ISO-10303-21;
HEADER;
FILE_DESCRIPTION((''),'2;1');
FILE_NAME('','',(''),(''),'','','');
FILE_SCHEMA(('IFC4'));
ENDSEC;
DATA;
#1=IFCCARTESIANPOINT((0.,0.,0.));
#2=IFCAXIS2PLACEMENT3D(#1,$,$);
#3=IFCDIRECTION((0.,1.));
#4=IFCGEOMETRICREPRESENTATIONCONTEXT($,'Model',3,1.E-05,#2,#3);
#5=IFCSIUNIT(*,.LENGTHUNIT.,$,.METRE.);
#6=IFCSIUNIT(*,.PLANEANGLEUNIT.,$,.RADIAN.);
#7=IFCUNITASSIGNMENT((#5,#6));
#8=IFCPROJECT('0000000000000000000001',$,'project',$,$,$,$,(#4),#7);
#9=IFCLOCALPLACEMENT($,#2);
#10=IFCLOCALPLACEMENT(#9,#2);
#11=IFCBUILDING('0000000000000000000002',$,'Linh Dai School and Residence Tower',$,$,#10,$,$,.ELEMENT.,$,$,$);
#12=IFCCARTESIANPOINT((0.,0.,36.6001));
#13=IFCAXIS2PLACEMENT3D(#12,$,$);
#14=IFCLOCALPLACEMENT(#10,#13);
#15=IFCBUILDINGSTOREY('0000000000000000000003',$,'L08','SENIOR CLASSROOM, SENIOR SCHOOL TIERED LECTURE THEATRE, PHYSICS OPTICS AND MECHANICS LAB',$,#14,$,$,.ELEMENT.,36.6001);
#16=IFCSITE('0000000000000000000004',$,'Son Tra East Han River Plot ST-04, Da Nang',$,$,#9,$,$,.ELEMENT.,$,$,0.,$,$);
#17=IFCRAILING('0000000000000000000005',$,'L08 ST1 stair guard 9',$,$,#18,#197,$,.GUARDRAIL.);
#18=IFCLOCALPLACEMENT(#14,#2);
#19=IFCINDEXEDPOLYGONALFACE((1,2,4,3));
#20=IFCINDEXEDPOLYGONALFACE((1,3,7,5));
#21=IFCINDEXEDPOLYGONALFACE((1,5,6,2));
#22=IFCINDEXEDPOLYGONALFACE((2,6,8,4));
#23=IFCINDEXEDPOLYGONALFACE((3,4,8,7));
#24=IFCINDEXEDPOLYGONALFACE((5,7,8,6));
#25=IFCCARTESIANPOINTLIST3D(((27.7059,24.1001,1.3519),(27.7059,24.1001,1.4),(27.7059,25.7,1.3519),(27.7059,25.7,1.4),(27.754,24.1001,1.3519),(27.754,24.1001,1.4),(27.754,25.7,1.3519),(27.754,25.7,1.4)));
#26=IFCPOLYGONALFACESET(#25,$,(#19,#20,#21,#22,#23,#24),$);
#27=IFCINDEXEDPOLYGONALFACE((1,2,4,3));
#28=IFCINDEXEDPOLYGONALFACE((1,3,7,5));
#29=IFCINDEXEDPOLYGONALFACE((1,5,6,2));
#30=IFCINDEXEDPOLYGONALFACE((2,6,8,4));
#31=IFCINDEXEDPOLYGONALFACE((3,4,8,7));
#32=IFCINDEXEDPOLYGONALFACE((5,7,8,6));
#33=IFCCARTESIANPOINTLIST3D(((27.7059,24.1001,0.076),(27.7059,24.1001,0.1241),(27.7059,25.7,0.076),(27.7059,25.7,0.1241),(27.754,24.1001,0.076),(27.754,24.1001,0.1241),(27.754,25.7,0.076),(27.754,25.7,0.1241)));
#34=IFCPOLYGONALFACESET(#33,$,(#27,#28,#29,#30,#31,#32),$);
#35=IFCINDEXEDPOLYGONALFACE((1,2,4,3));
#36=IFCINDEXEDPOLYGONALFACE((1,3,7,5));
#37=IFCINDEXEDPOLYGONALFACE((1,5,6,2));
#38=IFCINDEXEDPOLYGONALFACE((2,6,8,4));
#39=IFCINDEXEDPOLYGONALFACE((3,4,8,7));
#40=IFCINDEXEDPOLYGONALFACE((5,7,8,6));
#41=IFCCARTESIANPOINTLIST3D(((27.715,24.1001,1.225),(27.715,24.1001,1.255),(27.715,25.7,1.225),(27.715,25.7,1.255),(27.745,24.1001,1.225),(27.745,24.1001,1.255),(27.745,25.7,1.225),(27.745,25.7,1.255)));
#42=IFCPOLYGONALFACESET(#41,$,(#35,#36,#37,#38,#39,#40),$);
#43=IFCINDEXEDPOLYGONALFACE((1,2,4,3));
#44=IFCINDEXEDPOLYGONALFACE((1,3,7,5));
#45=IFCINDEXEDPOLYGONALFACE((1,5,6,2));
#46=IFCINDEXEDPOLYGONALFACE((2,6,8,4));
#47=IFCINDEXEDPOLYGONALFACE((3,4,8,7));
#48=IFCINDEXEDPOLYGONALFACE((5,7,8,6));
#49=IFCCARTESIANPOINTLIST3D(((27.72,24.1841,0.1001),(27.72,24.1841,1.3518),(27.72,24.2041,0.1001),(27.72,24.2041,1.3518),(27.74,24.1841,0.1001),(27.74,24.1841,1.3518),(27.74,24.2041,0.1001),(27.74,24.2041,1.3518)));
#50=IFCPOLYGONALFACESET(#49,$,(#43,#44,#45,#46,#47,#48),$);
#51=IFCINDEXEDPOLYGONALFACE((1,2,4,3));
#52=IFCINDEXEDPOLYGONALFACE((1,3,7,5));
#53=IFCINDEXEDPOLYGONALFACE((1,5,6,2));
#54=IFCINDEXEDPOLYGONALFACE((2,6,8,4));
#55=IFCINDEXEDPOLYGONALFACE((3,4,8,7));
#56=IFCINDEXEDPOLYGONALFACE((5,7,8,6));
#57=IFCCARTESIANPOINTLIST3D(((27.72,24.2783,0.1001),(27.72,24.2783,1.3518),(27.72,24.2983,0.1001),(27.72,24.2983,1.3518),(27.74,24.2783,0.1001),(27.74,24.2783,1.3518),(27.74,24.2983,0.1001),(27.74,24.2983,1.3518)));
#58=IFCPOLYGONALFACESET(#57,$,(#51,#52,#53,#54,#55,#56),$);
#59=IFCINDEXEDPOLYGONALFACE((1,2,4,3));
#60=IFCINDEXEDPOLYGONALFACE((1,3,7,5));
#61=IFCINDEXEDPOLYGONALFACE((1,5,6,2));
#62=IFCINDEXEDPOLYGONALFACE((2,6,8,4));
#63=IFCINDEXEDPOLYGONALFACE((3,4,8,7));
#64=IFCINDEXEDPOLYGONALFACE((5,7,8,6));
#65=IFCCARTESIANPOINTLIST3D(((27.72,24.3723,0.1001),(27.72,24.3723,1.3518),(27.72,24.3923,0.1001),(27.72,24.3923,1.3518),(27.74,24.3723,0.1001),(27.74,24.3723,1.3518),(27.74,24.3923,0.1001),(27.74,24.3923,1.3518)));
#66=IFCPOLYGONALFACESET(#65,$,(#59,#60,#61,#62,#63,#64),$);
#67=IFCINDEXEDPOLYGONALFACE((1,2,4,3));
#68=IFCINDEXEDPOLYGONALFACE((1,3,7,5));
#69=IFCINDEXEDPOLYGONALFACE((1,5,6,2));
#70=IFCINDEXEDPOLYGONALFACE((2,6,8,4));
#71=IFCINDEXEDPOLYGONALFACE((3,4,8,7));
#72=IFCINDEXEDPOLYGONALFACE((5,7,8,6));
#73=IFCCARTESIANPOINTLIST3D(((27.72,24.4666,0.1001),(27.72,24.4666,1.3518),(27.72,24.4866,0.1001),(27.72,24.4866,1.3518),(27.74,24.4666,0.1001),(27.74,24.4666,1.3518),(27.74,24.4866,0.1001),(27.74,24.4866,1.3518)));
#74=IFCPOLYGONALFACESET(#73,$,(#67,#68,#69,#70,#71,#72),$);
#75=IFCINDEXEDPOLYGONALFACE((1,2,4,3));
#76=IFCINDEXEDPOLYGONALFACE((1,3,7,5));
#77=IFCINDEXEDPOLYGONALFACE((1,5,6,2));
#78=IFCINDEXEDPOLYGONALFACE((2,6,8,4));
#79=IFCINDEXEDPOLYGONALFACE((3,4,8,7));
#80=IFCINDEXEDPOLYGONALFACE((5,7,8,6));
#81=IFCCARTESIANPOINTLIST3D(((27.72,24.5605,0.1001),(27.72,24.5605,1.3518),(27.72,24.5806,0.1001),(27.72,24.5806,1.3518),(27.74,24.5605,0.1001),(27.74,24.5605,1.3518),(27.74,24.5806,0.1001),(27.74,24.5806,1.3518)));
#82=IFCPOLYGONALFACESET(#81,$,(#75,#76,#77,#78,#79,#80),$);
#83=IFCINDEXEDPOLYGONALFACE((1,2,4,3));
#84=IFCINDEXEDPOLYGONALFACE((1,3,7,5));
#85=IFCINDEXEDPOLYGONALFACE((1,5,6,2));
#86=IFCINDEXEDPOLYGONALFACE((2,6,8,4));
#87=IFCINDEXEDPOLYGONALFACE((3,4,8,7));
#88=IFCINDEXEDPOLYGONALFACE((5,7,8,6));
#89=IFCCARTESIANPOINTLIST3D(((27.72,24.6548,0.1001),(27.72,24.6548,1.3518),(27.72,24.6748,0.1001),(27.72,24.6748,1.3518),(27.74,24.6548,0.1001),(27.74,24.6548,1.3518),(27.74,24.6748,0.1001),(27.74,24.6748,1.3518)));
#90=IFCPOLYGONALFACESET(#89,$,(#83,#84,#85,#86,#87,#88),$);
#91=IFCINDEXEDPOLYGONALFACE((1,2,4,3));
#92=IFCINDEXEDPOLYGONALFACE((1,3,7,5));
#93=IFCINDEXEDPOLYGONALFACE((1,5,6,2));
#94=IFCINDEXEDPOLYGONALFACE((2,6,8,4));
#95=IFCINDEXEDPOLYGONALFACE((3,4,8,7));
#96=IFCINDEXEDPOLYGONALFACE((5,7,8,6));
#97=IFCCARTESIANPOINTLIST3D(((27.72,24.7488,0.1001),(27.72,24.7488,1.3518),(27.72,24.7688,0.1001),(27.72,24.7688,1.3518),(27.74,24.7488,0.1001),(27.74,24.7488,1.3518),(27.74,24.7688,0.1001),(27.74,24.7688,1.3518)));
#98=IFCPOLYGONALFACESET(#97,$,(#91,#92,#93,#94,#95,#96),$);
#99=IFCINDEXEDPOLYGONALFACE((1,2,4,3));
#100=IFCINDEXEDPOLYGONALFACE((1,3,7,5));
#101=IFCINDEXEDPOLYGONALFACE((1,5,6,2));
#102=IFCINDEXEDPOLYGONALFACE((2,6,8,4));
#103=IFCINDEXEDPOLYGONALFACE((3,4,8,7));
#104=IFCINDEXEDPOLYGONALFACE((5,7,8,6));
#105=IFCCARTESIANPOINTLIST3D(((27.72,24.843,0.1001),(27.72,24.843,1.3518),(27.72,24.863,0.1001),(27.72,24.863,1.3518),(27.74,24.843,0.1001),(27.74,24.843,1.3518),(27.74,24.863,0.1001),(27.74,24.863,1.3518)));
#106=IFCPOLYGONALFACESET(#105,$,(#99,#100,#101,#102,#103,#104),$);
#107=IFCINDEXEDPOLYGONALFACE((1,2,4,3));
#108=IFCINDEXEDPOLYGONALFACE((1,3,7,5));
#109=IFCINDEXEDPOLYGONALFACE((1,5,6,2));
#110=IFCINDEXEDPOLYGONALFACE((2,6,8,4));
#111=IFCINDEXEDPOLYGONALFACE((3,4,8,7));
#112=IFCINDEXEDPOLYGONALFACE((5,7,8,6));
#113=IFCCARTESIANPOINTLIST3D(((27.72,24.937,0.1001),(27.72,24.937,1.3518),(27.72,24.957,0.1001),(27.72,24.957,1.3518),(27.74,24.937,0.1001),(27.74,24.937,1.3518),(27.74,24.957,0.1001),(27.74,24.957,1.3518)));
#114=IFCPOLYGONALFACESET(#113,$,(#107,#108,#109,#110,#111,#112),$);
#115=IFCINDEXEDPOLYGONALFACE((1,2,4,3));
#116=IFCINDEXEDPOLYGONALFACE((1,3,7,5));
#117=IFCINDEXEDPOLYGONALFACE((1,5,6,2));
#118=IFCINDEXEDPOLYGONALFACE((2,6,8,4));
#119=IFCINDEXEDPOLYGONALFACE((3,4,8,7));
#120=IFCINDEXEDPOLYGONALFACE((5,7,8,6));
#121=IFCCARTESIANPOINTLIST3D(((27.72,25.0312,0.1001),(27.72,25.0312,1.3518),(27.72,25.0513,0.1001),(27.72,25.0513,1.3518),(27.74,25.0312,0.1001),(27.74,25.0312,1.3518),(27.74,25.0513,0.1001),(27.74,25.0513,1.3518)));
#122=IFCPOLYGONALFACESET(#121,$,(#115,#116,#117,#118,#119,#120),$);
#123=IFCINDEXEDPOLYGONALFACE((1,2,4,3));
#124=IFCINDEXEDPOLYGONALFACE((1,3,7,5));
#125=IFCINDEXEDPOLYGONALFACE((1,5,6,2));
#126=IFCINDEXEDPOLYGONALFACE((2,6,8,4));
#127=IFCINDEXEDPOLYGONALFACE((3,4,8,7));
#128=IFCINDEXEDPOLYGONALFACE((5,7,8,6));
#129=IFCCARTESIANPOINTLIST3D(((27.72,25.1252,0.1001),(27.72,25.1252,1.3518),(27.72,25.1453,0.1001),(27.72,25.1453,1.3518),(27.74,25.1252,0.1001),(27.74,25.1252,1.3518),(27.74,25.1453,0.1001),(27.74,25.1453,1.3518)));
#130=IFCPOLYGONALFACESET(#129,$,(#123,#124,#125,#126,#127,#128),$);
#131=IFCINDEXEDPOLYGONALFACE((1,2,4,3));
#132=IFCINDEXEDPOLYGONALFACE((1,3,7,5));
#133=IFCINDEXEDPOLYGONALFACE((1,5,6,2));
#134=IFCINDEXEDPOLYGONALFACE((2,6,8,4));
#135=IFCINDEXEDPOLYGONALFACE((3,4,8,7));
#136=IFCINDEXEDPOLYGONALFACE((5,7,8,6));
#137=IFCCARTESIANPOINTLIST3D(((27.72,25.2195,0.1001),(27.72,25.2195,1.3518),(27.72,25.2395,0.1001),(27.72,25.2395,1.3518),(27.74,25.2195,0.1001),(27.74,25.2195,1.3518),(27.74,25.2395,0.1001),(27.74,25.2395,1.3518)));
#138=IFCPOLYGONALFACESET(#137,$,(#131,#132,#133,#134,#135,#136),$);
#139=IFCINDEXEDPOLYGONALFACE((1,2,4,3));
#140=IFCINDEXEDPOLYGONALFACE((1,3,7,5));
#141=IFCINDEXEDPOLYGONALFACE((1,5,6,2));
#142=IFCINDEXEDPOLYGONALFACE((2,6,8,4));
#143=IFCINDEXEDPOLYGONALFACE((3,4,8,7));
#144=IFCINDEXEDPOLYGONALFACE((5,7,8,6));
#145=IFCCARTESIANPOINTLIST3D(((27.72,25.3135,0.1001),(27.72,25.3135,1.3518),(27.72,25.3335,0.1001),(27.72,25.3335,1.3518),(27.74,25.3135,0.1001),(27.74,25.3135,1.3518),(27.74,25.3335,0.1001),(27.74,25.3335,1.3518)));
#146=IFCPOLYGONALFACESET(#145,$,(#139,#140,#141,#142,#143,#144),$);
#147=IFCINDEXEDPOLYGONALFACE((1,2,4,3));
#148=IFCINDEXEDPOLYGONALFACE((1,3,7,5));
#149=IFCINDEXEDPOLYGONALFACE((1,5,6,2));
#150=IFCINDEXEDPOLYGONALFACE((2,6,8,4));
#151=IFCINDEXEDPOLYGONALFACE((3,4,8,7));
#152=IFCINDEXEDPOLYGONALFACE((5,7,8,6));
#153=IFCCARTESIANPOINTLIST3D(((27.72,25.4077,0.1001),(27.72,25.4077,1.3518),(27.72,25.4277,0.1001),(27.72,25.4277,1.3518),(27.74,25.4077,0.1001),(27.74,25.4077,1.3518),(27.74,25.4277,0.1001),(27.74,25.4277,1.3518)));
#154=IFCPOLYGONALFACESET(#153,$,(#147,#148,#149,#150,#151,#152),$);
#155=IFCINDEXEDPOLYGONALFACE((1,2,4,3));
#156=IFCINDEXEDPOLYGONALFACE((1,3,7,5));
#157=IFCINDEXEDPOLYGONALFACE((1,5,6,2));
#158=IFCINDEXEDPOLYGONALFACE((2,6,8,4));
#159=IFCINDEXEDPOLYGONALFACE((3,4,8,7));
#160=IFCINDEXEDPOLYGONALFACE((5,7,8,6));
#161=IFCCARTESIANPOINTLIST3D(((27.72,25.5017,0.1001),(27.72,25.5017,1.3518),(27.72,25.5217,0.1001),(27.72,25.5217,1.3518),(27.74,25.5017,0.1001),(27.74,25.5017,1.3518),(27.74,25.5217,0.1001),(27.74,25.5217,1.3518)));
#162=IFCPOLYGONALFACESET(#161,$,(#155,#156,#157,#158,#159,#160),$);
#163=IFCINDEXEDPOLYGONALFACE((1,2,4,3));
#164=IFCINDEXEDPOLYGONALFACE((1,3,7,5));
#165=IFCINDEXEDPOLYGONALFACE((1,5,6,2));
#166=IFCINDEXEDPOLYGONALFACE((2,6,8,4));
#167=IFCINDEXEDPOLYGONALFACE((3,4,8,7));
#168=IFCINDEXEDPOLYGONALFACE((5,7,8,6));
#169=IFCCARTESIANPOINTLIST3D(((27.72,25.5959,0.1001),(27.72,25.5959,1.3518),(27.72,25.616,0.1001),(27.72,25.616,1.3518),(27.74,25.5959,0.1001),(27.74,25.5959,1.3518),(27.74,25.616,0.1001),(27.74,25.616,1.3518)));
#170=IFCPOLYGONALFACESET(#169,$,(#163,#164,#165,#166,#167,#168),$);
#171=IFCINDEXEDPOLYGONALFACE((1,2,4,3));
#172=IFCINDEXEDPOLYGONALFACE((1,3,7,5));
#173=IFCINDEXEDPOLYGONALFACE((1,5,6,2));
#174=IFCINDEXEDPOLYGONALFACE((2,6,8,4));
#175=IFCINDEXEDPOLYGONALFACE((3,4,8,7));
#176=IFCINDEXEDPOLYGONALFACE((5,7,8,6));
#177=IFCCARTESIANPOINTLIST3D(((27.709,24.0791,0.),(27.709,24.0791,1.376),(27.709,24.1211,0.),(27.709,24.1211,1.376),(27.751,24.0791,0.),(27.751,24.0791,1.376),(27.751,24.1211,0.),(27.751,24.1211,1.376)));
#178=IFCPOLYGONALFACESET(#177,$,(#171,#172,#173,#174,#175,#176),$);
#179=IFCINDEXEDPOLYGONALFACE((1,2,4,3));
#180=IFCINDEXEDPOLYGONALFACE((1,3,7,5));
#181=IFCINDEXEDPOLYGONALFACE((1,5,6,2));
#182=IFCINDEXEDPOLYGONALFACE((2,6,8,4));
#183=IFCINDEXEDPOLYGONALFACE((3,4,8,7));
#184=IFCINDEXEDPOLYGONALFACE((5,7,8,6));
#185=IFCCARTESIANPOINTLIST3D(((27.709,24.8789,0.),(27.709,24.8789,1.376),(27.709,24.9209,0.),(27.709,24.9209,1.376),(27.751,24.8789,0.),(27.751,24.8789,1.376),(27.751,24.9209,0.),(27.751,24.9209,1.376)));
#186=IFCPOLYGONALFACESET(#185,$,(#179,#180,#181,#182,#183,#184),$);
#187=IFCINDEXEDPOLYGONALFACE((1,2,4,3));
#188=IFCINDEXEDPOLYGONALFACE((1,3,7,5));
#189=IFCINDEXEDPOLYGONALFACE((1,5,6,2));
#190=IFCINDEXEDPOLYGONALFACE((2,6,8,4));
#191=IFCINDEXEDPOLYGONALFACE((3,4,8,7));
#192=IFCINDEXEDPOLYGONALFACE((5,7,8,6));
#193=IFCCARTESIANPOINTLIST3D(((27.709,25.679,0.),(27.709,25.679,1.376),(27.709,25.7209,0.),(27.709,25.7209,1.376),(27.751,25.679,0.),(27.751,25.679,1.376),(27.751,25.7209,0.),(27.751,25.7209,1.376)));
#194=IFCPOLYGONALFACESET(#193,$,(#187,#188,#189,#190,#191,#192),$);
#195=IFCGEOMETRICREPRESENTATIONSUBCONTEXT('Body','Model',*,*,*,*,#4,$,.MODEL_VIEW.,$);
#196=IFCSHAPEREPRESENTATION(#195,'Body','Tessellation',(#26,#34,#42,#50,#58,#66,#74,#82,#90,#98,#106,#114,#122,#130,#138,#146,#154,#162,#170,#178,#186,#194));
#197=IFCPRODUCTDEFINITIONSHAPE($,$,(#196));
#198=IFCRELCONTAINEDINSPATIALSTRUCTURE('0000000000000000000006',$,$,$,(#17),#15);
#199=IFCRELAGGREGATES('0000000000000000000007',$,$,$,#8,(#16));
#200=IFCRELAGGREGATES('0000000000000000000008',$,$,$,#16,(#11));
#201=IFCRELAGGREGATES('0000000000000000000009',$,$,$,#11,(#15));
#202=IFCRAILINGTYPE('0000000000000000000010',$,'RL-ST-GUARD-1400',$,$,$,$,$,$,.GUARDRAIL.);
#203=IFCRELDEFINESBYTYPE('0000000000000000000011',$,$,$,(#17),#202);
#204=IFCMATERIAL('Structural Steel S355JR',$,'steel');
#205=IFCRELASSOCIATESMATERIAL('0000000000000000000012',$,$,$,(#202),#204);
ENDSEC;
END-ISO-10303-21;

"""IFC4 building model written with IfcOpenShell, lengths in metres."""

from ifc_helpers import new_model, si_unit, direction, frame, origin, origin_2d, place, context, subcontext, project, spatial, rectangle, extrude, source, transform, mapped, material, type_object, element, save


model = new_model("IFC4")

# Units and contexts
model_context = context("Model", 3, precision=1e-05, world=origin(), true_north=direction((0.0, 1.0)))
body_context = subcontext(model_context, "Body", "Model", "MODEL_VIEW")
ifc_project = project(units=[si_unit("LENGTHUNIT", "METRE"), si_unit("PLANEANGLEUNIT", "RADIAN")], contexts=[model_context])

# Site, building, storey
site_placement = place(None, origin())
site = spatial("IfcSite", under=ifc_project, at=site_placement, Name="Son Tra East Han River Plot ST-04, Da Nang", CompositionType="ELEMENT", RefElevation=0.0)
building_placement = place(site_placement, origin())
building = spatial("IfcBuilding", under=site, at=building_placement, Name="Linh Dai School and Residence Tower", CompositionType="ELEMENT")
storey_placement = place(building_placement, frame((0.0, 0.0, 36.6001)))
storey = spatial("IfcBuildingStorey", under=building, at=storey_placement, Name="L08", Description="SENIOR CLASSROOM, SENIOR SCHOOL TIERED LECTURE THEATRE, PHYSICS OPTICS AND MECHANICS LAB", CompositionType="ELEMENT", Elevation=36.6001)

# Shared definitions
ifc_material_1 = material(Name="Structural Steel S355JR", Category="steel")

# Railing
railing_type_1 = type_object("IfcRailingType", Name="RL-ST-GUARD-1400", PredefinedType="GUARDRAIL", material=ifc_material_1)
shared_shape_1 = source(origin(), body_context, "Body", "SweptSolid", [
    extrude(rectangle(XDim=0.0481, YDim=0.0481, at=origin_2d()), frame((0.0, 0.0, 1.376), z_axis=(0.0, 1.0, 0.0), x_axis=(-1.0, 0.0, 0.0)), (0.0, 0.0, 1.0), 1.5999),
    extrude(rectangle(XDim=0.0481, YDim=0.0481, at=origin_2d()), frame((0.0, 0.0, 0.1001), z_axis=(0.0, 1.0, 0.0), x_axis=(-1.0, 0.0, 0.0)), (0.0, 0.0, 1.0), 1.5999),
    extrude(rectangle(XDim=0.03, YDim=0.03, at=origin_2d()), frame((0.0, 0.0, 1.24), z_axis=(0.0, 1.0, 0.0), x_axis=(-1.0, 0.0, 0.0)), (0.0, 0.0, 1.0), 1.5999),
    extrude(rectangle(XDim=0.02, YDim=0.02, at=origin_2d()), frame((0.0, 0.094, 0.1001)), (0.0, 0.0, 1.0), 1.2517),
    extrude(rectangle(XDim=0.02, YDim=0.02, at=origin_2d()), frame((0.0, 0.1882, 0.1001)), (0.0, 0.0, 1.0), 1.2517),
    extrude(rectangle(XDim=0.02, YDim=0.02, at=origin_2d()), frame((0.0, 0.2822, 0.1001)), (0.0, 0.0, 1.0), 1.2517),
    extrude(rectangle(XDim=0.02, YDim=0.02, at=origin_2d()), frame((0.0, 0.3765, 0.1001)), (0.0, 0.0, 1.0), 1.2517),
    extrude(rectangle(XDim=0.02, YDim=0.02, at=origin_2d()), frame((0.0, 0.4705, 0.1001)), (0.0, 0.0, 1.0), 1.2517),
    extrude(rectangle(XDim=0.02, YDim=0.02, at=origin_2d()), frame((0.0, 0.5647, 0.1001)), (0.0, 0.0, 1.0), 1.2517),
    extrude(rectangle(XDim=0.02, YDim=0.02, at=origin_2d()), frame((0.0, 0.6587, 0.1001)), (0.0, 0.0, 1.0), 1.2517),
    extrude(rectangle(XDim=0.02, YDim=0.02, at=origin_2d()), frame((0.0, 0.7529, 0.1001)), (0.0, 0.0, 1.0), 1.2517),
    extrude(rectangle(XDim=0.02, YDim=0.02, at=origin_2d()), frame((0.0, 0.8469, 0.1001)), (0.0, 0.0, 1.0), 1.2517),
    extrude(rectangle(XDim=0.02, YDim=0.02, at=origin_2d()), frame((0.0, 0.9412, 0.1001)), (0.0, 0.0, 1.0), 1.2517),
    extrude(rectangle(XDim=0.02, YDim=0.02, at=origin_2d()), frame((0.0, 1.0352, 0.1001)), (0.0, 0.0, 1.0), 1.2517),
    extrude(rectangle(XDim=0.02, YDim=0.02, at=origin_2d()), frame((0.0, 1.1294, 0.1001)), (0.0, 0.0, 1.0), 1.2517),
    extrude(rectangle(XDim=0.02, YDim=0.02, at=origin_2d()), frame((0.0, 1.2234, 0.1001)), (0.0, 0.0, 1.0), 1.2517),
    extrude(rectangle(XDim=0.02, YDim=0.02, at=origin_2d()), frame((0.0, 1.3176, 0.1001)), (0.0, 0.0, 1.0), 1.2517),
    extrude(rectangle(XDim=0.02, YDim=0.02, at=origin_2d()), frame((0.0, 1.4116, 0.1001)), (0.0, 0.0, 1.0), 1.2517),
    extrude(rectangle(XDim=0.02, YDim=0.02, at=origin_2d()), frame((0.0, 1.5059, 0.1001)), (0.0, 0.0, 1.0), 1.2517),
    extrude(rectangle(XDim=0.042, YDim=0.042, at=origin_2d()), origin(), (0.0, 0.0, 1.0), 1.376),
    extrude(rectangle(XDim=0.042, YDim=0.042, at=origin_2d()), frame((0.0, 0.7998, 0.0)), (0.0, 0.0, 1.0), 1.376),
    extrude(rectangle(XDim=0.042, YDim=0.042, at=origin_2d()), frame((0.0, 1.5999, 0.0)), (0.0, 0.0, 1.0), 1.376),
])
for number, where, name in (
    (1, (27.73, 24.1001, 0.0), "L08 ST1 stair guard 9"),
):
    element("IfcRailing", number, at=place(storey_placement, frame(where)), inside=storey, type_object=railing_type_1, Name=name, PredefinedType="GUARDRAIL", context=body_context, shape_type="MappedRepresentation", body=[
        mapped(shared_shape_1, transform((0.0, 0.0, 0.0), x_axis=(1.0, 0.0, 0.0), y_axis=(0.0, 1.0, 0.0), z_axis=(0.0, 0.0, 1.0), scale=1.0)),
    ])

save(model, "model.ifc")
